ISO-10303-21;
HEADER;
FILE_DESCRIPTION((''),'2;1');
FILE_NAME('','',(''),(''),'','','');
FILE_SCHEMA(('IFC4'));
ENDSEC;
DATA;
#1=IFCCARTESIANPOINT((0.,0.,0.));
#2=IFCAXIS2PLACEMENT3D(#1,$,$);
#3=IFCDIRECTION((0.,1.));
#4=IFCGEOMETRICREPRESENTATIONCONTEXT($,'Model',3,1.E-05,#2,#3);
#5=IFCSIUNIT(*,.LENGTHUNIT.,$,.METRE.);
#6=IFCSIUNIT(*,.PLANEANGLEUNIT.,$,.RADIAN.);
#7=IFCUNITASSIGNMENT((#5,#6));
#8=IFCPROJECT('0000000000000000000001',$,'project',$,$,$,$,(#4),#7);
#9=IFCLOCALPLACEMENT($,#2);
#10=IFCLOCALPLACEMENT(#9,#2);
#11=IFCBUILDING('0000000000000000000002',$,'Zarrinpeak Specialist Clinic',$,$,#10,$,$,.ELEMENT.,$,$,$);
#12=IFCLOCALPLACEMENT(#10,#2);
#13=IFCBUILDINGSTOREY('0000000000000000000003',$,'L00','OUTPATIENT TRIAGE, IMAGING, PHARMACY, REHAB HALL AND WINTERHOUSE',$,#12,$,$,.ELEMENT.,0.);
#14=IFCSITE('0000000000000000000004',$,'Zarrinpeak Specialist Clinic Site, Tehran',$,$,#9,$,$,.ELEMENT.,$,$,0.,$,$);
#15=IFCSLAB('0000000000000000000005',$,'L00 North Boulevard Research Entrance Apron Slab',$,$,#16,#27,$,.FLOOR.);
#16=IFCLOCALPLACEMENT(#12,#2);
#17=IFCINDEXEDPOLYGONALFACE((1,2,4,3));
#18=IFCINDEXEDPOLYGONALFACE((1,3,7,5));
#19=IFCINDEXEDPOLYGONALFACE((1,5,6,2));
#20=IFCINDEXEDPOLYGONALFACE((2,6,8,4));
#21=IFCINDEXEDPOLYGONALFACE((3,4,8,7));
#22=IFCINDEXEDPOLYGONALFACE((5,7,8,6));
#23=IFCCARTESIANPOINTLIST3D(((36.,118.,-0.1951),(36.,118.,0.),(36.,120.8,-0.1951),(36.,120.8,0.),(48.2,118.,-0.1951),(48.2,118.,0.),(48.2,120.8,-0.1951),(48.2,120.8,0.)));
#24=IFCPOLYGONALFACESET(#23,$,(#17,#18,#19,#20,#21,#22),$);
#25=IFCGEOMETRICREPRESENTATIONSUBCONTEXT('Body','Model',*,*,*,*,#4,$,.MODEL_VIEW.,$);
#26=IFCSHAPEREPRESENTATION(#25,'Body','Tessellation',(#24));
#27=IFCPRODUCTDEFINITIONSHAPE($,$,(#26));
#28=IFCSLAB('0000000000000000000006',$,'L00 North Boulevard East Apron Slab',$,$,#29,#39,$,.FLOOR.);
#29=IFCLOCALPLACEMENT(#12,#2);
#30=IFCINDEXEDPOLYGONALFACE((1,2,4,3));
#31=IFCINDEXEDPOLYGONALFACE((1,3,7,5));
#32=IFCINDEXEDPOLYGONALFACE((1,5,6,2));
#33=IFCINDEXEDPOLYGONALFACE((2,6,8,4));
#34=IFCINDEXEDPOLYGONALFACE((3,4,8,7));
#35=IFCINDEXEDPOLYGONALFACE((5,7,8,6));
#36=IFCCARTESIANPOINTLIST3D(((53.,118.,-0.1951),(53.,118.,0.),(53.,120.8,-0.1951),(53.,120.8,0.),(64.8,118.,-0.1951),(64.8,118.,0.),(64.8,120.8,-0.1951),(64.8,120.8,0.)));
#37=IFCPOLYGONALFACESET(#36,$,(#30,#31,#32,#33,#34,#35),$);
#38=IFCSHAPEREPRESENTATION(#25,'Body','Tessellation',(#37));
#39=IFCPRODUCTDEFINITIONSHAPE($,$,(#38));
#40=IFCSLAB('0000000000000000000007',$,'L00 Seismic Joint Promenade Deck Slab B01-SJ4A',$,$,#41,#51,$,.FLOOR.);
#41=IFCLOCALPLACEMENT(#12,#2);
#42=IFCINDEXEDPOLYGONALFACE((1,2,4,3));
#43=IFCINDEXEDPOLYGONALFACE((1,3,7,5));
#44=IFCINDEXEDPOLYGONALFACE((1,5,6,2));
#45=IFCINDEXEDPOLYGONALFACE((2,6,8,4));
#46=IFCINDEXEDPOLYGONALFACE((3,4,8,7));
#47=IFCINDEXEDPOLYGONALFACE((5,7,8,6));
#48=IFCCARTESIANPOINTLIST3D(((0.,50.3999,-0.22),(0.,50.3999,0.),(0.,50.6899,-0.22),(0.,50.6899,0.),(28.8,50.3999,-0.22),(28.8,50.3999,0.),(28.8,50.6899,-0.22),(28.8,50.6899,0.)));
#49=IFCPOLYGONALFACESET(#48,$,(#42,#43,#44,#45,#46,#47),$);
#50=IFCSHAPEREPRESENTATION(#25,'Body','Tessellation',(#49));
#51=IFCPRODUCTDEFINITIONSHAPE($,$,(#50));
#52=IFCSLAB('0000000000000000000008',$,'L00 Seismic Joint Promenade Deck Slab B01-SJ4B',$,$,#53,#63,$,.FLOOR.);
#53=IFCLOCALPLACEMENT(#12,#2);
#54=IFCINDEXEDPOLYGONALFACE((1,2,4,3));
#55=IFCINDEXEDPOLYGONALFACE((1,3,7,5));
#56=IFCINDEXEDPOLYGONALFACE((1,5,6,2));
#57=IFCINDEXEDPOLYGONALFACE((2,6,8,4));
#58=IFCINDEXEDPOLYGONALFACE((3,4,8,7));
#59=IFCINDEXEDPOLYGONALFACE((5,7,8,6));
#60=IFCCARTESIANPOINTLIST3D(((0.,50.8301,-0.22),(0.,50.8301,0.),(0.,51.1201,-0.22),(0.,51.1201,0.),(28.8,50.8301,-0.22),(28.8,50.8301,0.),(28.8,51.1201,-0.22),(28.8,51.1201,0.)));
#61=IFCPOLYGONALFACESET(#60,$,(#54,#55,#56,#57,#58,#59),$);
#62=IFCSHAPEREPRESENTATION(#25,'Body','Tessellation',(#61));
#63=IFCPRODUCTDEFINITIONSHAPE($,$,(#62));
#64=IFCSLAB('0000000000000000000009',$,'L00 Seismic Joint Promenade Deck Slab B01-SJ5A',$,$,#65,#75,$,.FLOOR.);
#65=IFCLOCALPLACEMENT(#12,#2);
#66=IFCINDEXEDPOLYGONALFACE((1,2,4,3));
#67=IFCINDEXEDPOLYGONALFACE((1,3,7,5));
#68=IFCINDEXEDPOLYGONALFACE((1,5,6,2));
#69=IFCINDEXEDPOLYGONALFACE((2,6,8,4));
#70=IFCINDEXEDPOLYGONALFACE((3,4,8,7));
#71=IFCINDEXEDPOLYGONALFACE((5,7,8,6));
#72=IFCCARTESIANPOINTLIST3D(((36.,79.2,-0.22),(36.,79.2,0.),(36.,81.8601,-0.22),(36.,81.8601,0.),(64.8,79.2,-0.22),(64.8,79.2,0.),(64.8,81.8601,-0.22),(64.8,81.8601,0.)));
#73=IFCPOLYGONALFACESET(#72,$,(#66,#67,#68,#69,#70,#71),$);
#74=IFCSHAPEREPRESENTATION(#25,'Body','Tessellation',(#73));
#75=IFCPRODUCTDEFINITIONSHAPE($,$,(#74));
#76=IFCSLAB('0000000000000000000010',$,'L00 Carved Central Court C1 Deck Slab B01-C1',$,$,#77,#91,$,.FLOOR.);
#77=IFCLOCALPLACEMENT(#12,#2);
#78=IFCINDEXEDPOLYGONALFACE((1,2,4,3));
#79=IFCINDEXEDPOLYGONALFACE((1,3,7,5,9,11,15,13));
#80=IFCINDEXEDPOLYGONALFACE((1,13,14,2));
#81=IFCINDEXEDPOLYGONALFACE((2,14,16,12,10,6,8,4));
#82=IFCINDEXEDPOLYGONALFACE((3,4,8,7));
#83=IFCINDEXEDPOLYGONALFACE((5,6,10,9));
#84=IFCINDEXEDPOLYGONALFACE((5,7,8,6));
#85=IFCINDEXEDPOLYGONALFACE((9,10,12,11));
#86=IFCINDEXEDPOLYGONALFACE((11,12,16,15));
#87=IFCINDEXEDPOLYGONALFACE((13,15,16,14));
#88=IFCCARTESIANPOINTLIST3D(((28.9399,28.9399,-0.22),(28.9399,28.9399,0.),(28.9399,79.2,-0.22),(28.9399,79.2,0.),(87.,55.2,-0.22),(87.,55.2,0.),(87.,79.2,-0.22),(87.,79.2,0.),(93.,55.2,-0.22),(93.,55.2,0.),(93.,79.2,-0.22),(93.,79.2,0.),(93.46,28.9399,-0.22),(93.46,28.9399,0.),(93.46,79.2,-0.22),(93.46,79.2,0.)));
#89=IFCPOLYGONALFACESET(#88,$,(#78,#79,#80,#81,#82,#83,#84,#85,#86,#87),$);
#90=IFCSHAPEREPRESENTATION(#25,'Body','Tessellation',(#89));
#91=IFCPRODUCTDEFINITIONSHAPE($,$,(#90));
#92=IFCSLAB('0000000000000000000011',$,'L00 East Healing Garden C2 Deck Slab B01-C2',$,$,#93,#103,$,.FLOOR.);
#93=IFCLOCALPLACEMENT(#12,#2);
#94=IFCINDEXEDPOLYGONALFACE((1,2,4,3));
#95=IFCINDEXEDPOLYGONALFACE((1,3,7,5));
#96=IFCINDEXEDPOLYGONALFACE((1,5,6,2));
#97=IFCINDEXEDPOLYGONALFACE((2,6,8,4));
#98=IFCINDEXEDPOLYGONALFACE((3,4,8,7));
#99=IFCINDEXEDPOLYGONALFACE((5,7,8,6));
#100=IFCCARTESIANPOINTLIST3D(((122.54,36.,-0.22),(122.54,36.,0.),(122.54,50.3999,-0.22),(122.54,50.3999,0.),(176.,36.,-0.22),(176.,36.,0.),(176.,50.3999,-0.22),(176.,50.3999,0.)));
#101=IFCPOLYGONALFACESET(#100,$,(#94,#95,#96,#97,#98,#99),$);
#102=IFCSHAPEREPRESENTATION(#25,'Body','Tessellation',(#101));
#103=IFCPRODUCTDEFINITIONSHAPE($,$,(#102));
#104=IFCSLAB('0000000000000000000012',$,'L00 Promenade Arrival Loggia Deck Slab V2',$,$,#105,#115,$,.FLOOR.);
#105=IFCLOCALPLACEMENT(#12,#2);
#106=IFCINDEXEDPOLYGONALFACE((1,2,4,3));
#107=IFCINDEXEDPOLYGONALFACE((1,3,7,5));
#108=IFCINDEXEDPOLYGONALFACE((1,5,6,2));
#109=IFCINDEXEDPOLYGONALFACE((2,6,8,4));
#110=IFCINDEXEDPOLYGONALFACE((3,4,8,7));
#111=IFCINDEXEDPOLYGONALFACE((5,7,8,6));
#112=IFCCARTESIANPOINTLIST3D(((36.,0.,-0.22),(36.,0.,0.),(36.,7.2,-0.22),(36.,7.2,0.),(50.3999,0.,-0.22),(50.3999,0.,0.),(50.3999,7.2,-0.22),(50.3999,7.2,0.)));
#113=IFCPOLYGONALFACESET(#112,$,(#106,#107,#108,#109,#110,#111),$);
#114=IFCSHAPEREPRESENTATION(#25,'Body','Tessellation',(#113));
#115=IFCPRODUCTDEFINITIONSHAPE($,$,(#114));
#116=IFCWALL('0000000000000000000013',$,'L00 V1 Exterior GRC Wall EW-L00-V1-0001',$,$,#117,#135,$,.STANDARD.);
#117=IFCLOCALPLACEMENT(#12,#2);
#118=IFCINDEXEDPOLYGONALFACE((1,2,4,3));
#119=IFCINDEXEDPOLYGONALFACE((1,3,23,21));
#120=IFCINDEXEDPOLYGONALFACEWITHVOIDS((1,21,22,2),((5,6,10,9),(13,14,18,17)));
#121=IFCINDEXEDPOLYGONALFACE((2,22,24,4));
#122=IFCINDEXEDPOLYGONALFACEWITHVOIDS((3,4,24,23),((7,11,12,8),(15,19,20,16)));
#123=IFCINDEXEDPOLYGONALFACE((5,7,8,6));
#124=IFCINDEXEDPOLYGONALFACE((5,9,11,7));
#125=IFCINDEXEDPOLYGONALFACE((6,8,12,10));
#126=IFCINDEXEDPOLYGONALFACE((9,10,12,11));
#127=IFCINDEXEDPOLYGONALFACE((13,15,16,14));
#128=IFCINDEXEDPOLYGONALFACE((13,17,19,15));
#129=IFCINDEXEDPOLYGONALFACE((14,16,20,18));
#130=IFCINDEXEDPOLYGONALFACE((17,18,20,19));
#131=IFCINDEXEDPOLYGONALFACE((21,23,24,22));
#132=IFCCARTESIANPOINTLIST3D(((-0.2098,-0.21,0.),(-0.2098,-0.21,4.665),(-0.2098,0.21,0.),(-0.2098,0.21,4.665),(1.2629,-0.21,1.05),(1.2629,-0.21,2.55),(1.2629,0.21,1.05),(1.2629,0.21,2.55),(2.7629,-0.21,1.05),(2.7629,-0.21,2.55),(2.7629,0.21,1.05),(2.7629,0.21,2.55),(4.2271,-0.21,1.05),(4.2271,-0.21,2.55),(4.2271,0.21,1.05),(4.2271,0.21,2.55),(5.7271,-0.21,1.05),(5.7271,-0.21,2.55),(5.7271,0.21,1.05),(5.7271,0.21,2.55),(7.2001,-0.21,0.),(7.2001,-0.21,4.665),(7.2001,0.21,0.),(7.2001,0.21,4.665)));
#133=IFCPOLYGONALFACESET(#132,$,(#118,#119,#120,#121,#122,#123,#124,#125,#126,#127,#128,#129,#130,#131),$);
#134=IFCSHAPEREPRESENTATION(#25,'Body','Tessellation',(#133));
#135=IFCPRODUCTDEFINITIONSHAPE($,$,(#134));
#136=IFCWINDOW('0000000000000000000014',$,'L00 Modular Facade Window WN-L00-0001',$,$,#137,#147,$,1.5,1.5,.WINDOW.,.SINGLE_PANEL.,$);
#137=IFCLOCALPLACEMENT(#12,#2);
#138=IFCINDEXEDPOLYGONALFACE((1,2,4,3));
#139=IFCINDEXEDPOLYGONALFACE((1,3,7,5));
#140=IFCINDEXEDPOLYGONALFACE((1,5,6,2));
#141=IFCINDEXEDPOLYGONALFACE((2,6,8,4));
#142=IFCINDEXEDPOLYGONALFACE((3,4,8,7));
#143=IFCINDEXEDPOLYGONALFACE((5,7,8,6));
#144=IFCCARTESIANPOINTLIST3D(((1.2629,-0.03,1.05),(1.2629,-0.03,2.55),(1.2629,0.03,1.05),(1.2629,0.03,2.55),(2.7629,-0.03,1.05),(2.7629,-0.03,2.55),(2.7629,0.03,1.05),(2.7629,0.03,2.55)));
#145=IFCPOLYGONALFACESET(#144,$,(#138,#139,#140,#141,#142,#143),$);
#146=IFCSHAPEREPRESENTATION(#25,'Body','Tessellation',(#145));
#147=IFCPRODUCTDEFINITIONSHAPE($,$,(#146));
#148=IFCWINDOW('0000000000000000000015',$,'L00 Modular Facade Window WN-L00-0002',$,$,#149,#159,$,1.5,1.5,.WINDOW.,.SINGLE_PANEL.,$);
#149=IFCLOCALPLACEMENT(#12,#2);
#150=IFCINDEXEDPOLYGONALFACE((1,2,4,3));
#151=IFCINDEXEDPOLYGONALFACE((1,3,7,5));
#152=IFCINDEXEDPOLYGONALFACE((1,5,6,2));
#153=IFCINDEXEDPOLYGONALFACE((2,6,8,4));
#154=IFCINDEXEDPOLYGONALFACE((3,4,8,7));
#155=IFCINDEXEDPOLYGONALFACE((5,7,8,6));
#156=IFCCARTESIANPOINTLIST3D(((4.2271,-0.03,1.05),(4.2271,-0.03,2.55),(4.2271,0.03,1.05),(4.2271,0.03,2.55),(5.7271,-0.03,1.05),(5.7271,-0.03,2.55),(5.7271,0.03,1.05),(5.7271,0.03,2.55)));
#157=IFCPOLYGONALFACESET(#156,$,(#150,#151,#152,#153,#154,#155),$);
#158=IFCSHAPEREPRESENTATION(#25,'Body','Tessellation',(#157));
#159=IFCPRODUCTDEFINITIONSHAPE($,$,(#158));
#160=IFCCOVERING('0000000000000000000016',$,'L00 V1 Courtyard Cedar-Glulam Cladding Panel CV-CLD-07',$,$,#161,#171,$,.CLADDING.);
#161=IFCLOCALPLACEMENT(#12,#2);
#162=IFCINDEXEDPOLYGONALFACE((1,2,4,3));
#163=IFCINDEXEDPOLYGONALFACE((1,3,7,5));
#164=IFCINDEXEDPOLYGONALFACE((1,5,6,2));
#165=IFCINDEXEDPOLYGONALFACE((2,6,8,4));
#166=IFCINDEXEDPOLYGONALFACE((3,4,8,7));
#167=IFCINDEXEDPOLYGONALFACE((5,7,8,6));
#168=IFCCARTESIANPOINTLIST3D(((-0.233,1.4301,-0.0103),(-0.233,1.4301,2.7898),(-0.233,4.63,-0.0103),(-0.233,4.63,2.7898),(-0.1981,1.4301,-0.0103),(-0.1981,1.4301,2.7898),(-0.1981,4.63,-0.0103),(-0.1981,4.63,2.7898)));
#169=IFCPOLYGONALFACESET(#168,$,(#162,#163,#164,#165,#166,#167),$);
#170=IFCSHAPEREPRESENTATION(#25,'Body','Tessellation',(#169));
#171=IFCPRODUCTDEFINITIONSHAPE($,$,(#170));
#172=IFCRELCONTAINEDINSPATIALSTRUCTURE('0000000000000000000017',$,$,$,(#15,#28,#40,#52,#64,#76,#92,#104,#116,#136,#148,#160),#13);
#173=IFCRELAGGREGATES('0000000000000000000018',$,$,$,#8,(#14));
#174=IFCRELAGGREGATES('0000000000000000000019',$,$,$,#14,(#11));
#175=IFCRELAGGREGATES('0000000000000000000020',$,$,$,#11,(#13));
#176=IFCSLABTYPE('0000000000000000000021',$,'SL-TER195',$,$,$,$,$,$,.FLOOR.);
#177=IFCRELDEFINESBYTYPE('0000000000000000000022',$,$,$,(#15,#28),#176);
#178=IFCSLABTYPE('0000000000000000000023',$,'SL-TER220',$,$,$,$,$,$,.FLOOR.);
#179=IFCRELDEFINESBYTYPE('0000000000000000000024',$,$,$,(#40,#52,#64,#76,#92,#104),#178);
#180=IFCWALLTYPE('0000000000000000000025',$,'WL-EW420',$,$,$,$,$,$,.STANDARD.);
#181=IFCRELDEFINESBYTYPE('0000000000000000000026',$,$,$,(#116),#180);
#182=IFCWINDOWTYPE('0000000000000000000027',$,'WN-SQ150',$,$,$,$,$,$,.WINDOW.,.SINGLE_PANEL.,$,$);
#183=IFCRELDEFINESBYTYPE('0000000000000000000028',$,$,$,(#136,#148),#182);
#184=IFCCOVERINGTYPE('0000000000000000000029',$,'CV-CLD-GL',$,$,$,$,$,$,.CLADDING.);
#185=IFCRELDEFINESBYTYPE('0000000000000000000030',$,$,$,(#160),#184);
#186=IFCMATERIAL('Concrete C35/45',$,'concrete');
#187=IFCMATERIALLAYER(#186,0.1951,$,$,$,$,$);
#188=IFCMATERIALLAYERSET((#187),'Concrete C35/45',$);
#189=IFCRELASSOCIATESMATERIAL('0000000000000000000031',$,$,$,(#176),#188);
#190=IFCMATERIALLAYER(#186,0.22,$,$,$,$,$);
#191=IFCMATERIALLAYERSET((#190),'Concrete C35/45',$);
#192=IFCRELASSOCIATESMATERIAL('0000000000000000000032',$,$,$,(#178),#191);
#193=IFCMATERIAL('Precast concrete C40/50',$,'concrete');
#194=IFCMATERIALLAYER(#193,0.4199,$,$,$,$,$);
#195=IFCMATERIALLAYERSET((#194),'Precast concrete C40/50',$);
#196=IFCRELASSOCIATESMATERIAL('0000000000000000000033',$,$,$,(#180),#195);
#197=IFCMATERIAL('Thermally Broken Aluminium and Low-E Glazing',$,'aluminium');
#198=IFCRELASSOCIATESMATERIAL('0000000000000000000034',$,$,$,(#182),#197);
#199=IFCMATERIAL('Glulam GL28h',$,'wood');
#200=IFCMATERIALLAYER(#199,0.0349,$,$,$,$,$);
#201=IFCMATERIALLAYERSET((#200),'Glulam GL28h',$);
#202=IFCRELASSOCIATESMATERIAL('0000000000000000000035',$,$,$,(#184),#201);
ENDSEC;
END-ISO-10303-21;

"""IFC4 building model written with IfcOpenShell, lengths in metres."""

from ifc_helpers import new_model, si_unit, direction, frame, frame_2d, origin, origin_2d, place, context, subcontext, project, spatial, polyline, rectangle, outline, extrude, material, layer, layer_set, type_object, element, fill, save


model = new_model("IFC4")

# Units and contexts
model_context = context("Model", 3, precision=1e-05, world=origin(), true_north=direction((0.0, 1.0)))
body_context = subcontext(model_context, "Body", "Model", "MODEL_VIEW")
ifc_project = project(units=[si_unit("LENGTHUNIT", "METRE"), si_unit("PLANEANGLEUNIT", "RADIAN")], contexts=[model_context])

# Site, building, storey
site_placement = place(None, origin())
site = spatial("IfcSite", under=ifc_project, at=site_placement, Name="Zarrinpeak Specialist Clinic Site, Tehran", CompositionType="ELEMENT", RefElevation=0.0)
building_placement = place(site_placement, origin())
building = spatial("IfcBuilding", under=site, at=building_placement, Name="Zarrinpeak Specialist Clinic", CompositionType="ELEMENT")
storey_placement = place(building_placement, origin())
storey = spatial("IfcBuildingStorey", under=building, at=storey_placement, Name="L00", Description="OUTPATIENT TRIAGE, IMAGING, PHARMACY, REHAB HALL AND WINTERHOUSE", CompositionType="ELEMENT", Elevation=0.0)

# Slabs
ifc_material_1 = material(Name="Concrete C35/45", Category="concrete")
ifc_layer_1 = layer(ifc_material_1, 0.1951)
ifc_layer_set_1 = layer_set([ifc_layer_1], Name="Concrete C35/45")
slab_type_1 = type_object("IfcSlabType", Name="SL-TER195", PredefinedType="FLOOR", material=ifc_layer_set_1)
slab_1_placement = place(storey_placement, frame((0.0, 0.0, -0.1951)))
element("IfcSlab", 1, at=slab_1_placement, inside=storey, type_object=slab_type_1, Name="L00 North Boulevard Research Entrance Apron Slab", PredefinedType="FLOOR", context=body_context, shape_type="SweptSolid", body=[
    extrude(outline(polyline([(36.0, 118.0), (48.2, 118.0), (48.2, 120.8), (36.0, 120.8), (36.0, 118.0)])), origin(), (0.0, 0.0, 1.0), 0.1951),
])
slab_2_placement = place(storey_placement, frame((0.0, 0.0, -0.1951)))
element("IfcSlab", 2, at=slab_2_placement, inside=storey, type_object=slab_type_1, Name="L00 North Boulevard East Apron Slab", PredefinedType="FLOOR", context=body_context, shape_type="SweptSolid", body=[
    extrude(outline(polyline([(53.0, 118.0), (64.8, 118.0), (64.8, 120.8), (53.0, 120.8), (53.0, 118.0)])), origin(), (0.0, 0.0, 1.0), 0.1951),
])
ifc_layer_2 = layer(ifc_material_1, 0.22)
ifc_layer_set_2 = layer_set([ifc_layer_2], Name="Concrete C35/45")
slab_type_2 = type_object("IfcSlabType", Name="SL-TER220", PredefinedType="FLOOR", material=ifc_layer_set_2)
slab_3_placement = place(storey_placement, frame((0.0, 0.0, -0.22)))
element("IfcSlab", 3, at=slab_3_placement, inside=storey, type_object=slab_type_2, Name="L00 Seismic Joint Promenade Deck Slab B01-SJ4A", PredefinedType="FLOOR", context=body_context, shape_type="SweptSolid", body=[
    extrude(outline(polyline([(0.0, 50.3999), (28.8, 50.3999), (28.8, 50.6899), (0.0, 50.6899), (0.0, 50.3999)])), origin(), (0.0, 0.0, 1.0), 0.22),
])
slab_4_placement = place(storey_placement, frame((0.0, 0.0, -0.22)))
element("IfcSlab", 4, at=slab_4_placement, inside=storey, type_object=slab_type_2, Name="L00 Seismic Joint Promenade Deck Slab B01-SJ4B", PredefinedType="FLOOR", context=body_context, shape_type="SweptSolid", body=[
    extrude(outline(polyline([(0.0, 50.8301), (28.8, 50.8301), (28.8, 51.1201), (0.0, 51.1201), (0.0, 50.8301)])), origin(), (0.0, 0.0, 1.0), 0.22),
])
slab_5_placement = place(storey_placement, frame((0.0, 0.0, -0.22)))
element("IfcSlab", 5, at=slab_5_placement, inside=storey, type_object=slab_type_2, Name="L00 Seismic Joint Promenade Deck Slab B01-SJ5A", PredefinedType="FLOOR", context=body_context, shape_type="SweptSolid", body=[
    extrude(outline(polyline([(36.0, 79.2), (64.8, 79.2), (64.8, 81.8601), (36.0, 81.8601), (36.0, 79.2)])), origin(), (0.0, 0.0, 1.0), 0.22),
])
slab_6_placement = place(storey_placement, frame((0.0, 0.0, -0.22)))
element("IfcSlab", 6, at=slab_6_placement, inside=storey, type_object=slab_type_2, Name="L00 Carved Central Court C1 Deck Slab B01-C1", PredefinedType="FLOOR", context=body_context, shape_type="SweptSolid", body=[
    extrude(outline(polyline([(28.9399, 28.9399), (93.46, 28.9399), (93.46, 79.2), (93.0, 79.2), (93.0, 55.2), (87.0, 55.2), (87.0, 79.2), (28.9399, 79.2), (28.9399, 28.9399)])), origin(), (0.0, 0.0, 1.0), 0.22),
])
slab_7_placement = place(storey_placement, frame((0.0, 0.0, -0.22)))
element("IfcSlab", 7, at=slab_7_placement, inside=storey, type_object=slab_type_2, Name="L00 East Healing Garden C2 Deck Slab B01-C2", PredefinedType="FLOOR", context=body_context, shape_type="SweptSolid", body=[
    extrude(outline(polyline([(122.54, 36.0), (176.0, 36.0), (176.0, 50.3999), (122.54, 50.3999), (122.54, 36.0)])), origin(), (0.0, 0.0, 1.0), 0.22),
])
slab_8_placement = place(storey_placement, frame((0.0, 0.0, -0.22)))
element("IfcSlab", 8, at=slab_8_placement, inside=storey, type_object=slab_type_2, Name="L00 Promenade Arrival Loggia Deck Slab V2", PredefinedType="FLOOR", context=body_context, shape_type="SweptSolid", body=[
    extrude(outline(polyline([(36.0, 0.0), (50.3999, 0.0), (50.3999, 7.2), (36.0, 7.2), (36.0, 0.0)])), origin(), (0.0, 0.0, 1.0), 0.22),
])

# Wall, openings, windows
ifc_material_2 = material(Name="Precast concrete C40/50", Category="concrete")
ifc_layer_3 = layer(ifc_material_2, 0.4199)
ifc_layer_set_3 = layer_set([ifc_layer_3], Name="Precast concrete C40/50")
wall_type = type_object("IfcWallType", Name="WL-EW420", PredefinedType="STANDARD", material=ifc_layer_set_3)
wall_placement = place(storey_placement, frame((-0.21, 0.0, 0.0), z_axis=(0.0, 0.0, 1.0), x_axis=(1.0, 0.0, 0.0)))
wall = element("IfcWall", 9, at=wall_placement, inside=storey, type_object=wall_type, Name="L00 V1 Exterior GRC Wall EW-L00-V1-0001", PredefinedType="STANDARD", context=body_context, shape_type="SweptSolid", body=[
    extrude(rectangle(XDim=7.4099, YDim=0.4199, at=frame_2d((3.7051, 0.0))), origin(), (0.0, 0.0, 1.0), 4.665),
])
opening_1_placement = place(wall_placement, frame((1.4729, 0.0, 1.05)))
opening_1 = element("IfcOpeningElement", 10, at=opening_1_placement, cuts=wall, PredefinedType="OPENING", context=body_context, shape_type="SweptSolid", body=[
    extrude(rectangle(XDim=1.5, YDim=1.5, at=frame_2d((0.75, 0.75))), frame((0.0, 0.22, 0.0), z_axis=(0.0, -1.0, 0.0), x_axis=(1.0, 0.0, 0.0)), (0.0, 0.0, 1.0), 0.4399),
])
opening_2_placement = place(wall_placement, frame((4.437, 0.0, 1.05)))
opening_2 = element("IfcOpeningElement", 11, at=opening_2_placement, cuts=wall, PredefinedType="OPENING", context=body_context, shape_type="SweptSolid", body=[
    extrude(rectangle(XDim=1.5, YDim=1.5, at=frame_2d((0.75, 0.75))), frame((0.0, 0.22, 0.0), z_axis=(0.0, -1.0, 0.0), x_axis=(1.0, 0.0, 0.0)), (0.0, 0.0, 1.0), 0.4399),
])
ifc_material_3 = material(Name="Thermally Broken Aluminium and Low-E Glazing", Category="aluminium")
window_type = type_object("IfcWindowType", Name="WN-SQ150", PartitioningType="SINGLE_PANEL", PredefinedType="WINDOW", material=ifc_material_3)
window_1_placement = place(opening_1_placement, origin())
window_1 = element("IfcWindow", 12, at=window_1_placement, inside=storey, type_object=window_type, Name="L00 Modular Facade Window WN-L00-0001", OverallHeight=1.5, OverallWidth=1.5, PartitioningType="SINGLE_PANEL", PredefinedType="WINDOW", context=body_context, shape_type="SweptSolid", body=[
    extrude(rectangle(XDim=1.5, YDim=1.5, at=frame_2d((0.75, 0.75))), frame((0.0, 0.03, 0.0), z_axis=(0.0, -1.0, 0.0), x_axis=(1.0, 0.0, 0.0)), (0.0, 0.0, 1.0), 0.0601),
])
fill(opening_1, window_1)
window_2_placement = place(opening_2_placement, origin())
window_2 = element("IfcWindow", 13, at=window_2_placement, inside=storey, type_object=window_type, Name="L00 Modular Facade Window WN-L00-0002", OverallHeight=1.5, OverallWidth=1.5, PartitioningType="SINGLE_PANEL", PredefinedType="WINDOW", context=body_context, shape_type="SweptSolid", body=[
    extrude(rectangle(XDim=1.5, YDim=1.5, at=frame_2d((0.75, 0.75))), frame((0.0, 0.03, 0.0), z_axis=(0.0, -1.0, 0.0), x_axis=(1.0, 0.0, 0.0)), (0.0, 0.0, 1.0), 0.0601),
])
fill(opening_2, window_2)

# Covering
ifc_material_4 = material(Name="Glulam GL28h", Category="wood")
ifc_layer_4 = layer(ifc_material_4, 0.0349)
ifc_layer_set_4 = layer_set([ifc_layer_4], Name="Glulam GL28h")
covering_type_1 = type_object("IfcCoveringType", Name="CV-CLD-GL", PredefinedType="CLADDING", material=ifc_layer_set_4)
covering_1_placement = place(storey_placement, frame((-0.2156, 3.03, -0.0103), z_axis=(0.0, 0.0, 1.0), x_axis=(1.0, 0.0, 0.0)))
element("IfcCovering", 14, at=covering_1_placement, inside=storey, type_object=covering_type_1, Name="L00 V1 Courtyard Cedar-Glulam Cladding Panel CV-CLD-07", PredefinedType="CLADDING", context=body_context, shape_type="SweptSolid", body=[
    extrude(rectangle(XDim=0.0349, YDim=3.2, at=origin_2d()), origin(), (0.0, 0.0, 1.0), 2.8),
])

save(model, "model.ifc")
